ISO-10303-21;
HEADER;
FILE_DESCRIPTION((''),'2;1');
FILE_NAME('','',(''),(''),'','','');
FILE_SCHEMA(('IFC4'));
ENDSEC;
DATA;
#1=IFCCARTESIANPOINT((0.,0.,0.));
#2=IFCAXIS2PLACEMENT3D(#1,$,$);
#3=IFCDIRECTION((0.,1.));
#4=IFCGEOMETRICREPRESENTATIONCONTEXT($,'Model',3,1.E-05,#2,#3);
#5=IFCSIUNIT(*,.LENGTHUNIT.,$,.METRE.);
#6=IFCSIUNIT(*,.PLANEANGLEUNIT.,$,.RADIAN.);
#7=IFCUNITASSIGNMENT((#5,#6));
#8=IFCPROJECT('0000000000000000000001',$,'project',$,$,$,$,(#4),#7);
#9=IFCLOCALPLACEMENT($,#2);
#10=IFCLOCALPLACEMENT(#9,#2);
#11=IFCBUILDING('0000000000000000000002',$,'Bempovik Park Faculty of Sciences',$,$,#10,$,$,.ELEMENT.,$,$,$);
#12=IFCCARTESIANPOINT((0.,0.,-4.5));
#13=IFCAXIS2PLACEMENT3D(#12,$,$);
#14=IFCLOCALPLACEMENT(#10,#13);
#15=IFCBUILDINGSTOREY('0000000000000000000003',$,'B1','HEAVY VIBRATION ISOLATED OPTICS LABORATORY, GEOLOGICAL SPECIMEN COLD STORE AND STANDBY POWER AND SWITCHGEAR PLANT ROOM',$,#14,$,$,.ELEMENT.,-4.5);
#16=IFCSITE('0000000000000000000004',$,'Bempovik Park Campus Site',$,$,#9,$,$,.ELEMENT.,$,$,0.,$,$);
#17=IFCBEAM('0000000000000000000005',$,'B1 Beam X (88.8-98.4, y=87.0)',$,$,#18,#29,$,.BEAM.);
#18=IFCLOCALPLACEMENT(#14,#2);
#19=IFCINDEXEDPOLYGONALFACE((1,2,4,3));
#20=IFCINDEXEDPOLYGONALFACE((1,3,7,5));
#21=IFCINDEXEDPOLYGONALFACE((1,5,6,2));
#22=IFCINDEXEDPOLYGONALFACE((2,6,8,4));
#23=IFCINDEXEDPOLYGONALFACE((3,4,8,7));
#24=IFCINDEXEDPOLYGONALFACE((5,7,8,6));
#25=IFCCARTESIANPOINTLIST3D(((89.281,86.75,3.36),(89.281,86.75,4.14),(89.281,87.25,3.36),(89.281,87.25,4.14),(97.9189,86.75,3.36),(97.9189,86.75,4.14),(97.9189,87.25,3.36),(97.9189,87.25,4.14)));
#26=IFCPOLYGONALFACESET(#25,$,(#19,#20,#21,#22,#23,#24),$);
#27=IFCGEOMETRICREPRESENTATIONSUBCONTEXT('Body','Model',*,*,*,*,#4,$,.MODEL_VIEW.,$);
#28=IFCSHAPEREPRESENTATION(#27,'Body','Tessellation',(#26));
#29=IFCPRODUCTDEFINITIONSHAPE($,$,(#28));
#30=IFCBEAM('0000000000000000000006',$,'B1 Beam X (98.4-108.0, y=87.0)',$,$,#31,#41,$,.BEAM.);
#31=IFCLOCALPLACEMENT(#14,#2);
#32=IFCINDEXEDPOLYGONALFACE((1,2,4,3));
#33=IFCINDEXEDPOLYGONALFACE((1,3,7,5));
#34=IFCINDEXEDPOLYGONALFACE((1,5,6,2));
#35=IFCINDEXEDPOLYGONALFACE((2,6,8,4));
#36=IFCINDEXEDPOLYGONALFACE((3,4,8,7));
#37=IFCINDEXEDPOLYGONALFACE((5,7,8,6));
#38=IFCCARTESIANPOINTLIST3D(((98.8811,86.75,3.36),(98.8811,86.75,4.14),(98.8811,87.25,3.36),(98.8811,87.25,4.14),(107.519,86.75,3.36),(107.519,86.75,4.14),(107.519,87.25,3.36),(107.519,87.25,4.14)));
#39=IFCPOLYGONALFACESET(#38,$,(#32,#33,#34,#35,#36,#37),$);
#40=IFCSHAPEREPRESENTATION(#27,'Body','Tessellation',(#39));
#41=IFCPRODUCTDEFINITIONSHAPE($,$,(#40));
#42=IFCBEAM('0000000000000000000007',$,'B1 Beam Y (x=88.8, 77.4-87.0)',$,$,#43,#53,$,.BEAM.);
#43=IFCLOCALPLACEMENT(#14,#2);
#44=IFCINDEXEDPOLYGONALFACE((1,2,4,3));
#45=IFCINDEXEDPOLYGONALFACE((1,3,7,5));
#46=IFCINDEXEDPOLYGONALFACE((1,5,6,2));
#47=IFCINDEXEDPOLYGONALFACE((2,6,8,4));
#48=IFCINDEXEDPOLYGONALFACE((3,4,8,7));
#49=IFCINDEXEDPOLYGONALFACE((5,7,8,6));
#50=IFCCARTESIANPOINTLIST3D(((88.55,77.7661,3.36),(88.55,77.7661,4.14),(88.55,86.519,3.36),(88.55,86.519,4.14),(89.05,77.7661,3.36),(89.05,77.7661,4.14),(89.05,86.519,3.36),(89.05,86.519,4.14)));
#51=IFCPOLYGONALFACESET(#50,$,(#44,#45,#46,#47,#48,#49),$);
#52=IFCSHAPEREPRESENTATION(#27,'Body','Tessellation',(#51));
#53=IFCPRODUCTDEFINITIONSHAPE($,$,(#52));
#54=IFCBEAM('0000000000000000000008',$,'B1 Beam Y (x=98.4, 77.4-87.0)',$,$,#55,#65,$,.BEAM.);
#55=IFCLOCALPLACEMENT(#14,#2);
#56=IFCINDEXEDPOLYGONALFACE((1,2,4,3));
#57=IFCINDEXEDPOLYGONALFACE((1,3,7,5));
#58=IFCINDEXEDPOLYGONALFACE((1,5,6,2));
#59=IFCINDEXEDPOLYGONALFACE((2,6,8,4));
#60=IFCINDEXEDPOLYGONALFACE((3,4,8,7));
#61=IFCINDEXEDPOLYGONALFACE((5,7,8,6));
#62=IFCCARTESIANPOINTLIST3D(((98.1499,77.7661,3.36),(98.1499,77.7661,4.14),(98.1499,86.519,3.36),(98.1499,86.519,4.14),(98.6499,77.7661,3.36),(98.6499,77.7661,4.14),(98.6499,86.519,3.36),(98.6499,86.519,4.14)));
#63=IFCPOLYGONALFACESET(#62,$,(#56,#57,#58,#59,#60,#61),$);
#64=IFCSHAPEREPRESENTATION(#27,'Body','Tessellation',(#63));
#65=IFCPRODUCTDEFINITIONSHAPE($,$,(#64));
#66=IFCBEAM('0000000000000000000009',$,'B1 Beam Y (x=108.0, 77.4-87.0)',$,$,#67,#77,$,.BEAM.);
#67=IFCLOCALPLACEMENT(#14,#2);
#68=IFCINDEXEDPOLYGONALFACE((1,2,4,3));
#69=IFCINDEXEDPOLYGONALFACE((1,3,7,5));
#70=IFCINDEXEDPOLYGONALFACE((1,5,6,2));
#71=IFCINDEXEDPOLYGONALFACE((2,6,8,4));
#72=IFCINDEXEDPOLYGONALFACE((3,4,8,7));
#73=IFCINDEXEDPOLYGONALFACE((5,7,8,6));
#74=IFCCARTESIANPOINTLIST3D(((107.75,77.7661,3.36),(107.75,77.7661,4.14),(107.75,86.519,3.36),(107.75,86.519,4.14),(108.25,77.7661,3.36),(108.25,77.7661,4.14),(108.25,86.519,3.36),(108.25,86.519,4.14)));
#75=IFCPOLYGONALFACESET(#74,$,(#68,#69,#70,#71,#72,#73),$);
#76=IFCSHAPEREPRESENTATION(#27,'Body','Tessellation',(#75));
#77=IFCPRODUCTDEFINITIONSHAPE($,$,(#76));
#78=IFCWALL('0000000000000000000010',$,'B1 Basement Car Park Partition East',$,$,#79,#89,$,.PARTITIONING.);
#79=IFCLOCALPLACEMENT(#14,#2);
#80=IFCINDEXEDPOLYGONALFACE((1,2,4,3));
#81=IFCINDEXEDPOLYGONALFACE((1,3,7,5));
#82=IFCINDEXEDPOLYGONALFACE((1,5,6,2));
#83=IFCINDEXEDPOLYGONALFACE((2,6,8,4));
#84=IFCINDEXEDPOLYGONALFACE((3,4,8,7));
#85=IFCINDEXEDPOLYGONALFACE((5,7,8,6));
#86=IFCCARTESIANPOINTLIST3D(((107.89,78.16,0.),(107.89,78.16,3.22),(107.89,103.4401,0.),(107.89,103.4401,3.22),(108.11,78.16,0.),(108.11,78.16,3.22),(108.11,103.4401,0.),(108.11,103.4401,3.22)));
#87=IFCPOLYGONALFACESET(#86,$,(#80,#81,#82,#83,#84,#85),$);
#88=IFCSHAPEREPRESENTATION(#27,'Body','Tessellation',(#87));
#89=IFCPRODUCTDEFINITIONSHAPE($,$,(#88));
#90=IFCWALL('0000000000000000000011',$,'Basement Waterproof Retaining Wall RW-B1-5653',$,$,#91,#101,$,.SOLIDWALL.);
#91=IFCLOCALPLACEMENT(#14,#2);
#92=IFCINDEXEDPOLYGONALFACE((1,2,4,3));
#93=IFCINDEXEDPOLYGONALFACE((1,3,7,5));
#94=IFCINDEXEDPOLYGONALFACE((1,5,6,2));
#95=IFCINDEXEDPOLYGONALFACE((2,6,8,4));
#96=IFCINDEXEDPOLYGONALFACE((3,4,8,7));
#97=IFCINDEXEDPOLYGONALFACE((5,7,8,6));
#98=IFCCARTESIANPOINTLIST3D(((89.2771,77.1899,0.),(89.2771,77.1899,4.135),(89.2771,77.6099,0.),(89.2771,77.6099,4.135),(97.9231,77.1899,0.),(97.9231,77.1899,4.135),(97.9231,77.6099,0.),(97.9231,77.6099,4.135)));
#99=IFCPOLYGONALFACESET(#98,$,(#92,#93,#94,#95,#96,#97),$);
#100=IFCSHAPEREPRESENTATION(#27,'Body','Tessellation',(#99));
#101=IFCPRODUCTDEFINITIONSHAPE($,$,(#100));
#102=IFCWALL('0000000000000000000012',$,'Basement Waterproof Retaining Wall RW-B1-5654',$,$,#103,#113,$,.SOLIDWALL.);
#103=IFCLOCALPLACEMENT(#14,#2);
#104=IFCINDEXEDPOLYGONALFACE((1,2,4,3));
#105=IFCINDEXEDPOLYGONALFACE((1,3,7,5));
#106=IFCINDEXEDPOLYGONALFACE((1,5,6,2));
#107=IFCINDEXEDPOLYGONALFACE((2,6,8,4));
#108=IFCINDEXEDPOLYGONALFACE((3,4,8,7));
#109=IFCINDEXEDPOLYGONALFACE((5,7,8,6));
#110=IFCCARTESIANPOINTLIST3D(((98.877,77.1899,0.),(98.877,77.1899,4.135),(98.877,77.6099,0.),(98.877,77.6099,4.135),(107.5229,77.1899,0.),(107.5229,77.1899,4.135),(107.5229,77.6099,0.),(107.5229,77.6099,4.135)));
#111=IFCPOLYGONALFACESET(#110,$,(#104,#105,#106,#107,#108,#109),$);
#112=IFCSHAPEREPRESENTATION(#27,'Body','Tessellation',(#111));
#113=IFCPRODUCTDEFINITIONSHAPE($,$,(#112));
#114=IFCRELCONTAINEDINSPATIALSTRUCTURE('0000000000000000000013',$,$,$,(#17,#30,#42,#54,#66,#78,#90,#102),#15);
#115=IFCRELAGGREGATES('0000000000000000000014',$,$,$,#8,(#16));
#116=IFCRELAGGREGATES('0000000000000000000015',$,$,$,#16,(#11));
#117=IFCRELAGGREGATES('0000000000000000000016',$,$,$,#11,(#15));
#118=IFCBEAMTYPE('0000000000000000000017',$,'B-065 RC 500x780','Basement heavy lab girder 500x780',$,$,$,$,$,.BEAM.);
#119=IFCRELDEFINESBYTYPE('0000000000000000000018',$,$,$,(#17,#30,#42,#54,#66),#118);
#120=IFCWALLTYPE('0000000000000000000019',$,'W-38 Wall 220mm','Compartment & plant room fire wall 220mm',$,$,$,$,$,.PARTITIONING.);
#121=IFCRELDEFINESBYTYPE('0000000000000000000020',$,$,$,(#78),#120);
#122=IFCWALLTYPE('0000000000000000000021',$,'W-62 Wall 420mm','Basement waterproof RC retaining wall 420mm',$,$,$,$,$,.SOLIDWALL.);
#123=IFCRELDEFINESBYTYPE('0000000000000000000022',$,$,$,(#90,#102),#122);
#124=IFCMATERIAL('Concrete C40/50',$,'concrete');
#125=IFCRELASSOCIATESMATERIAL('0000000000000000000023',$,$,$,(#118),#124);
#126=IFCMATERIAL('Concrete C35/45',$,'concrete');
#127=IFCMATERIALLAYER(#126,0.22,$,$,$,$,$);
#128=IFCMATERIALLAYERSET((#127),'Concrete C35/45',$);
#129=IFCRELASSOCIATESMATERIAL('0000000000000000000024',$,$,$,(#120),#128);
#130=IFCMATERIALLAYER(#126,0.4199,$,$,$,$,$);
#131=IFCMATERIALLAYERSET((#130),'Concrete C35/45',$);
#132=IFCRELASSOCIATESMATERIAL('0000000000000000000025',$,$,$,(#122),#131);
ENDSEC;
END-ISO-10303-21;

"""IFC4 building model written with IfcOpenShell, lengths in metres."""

from ifc_helpers import new_model, si_unit, direction, frame, frame_2d, origin, origin_2d, place, context, subcontext, project, spatial, rectangle, extrude, material, layer, layer_set, material_profile, profile_set, type_object, element, save


model = new_model("IFC4")

# Units and contexts
model_context = context("Model", 3, precision=1e-05, world=origin(), true_north=direction((0.0, 1.0)))
body_context = subcontext(model_context, "Body", "Model", "MODEL_VIEW")
ifc_project = project(units=[si_unit("LENGTHUNIT", "METRE"), si_unit("PLANEANGLEUNIT", "RADIAN")], contexts=[model_context])

# Site, building, storey
site_placement = place(None, origin())
site = spatial("IfcSite", under=ifc_project, at=site_placement, Name="Bempovik Park Campus Site", CompositionType="ELEMENT", RefElevation=0.0)
building_placement = place(site_placement, origin())
building = spatial("IfcBuilding", under=site, at=building_placement, Name="Bempovik Park Faculty of Sciences", CompositionType="ELEMENT")
storey_placement = place(building_placement, frame((0.0, 0.0, -4.5)))
storey = spatial("IfcBuildingStorey", under=building, at=storey_placement, Name="B1", Description="HEAVY VIBRATION ISOLATED OPTICS LABORATORY, GEOLOGICAL SPECIMEN COLD STORE AND STANDBY POWER AND SWITCHGEAR PLANT ROOM", CompositionType="ELEMENT", Elevation=-4.5)

# Shared definitions
ifc_material_1 = material(Name="Concrete C35/45", Category="concrete")

# Shared definitions
ifc_material_2 = material(Name="Concrete C40/50", Category="concrete")

# Beams
ifc_material_profile_1 = material_profile(ifc_material_2, rectangle(XDim=0.5, YDim=0.78, at=origin_2d()), Name="RC 500x780")
ifc_profile_set_1 = profile_set([ifc_material_profile_1], Name="Concrete C40/50")
beam_type_1 = type_object("IfcBeamType", Name="B-065 RC 500x780", Description="Basement heavy lab girder 500x780", PredefinedType="BEAM", material=ifc_profile_set_1)
for number, where, z_axis, x_axis, name in (
    (1, (89.281, 87.0, 3.75), (1.0, 0.0, 0.0), (0.0, 1.0, 0.0), "B1 Beam X (88.8-98.4, y=87.0)"),
    (2, (98.8811, 87.0, 3.75), (1.0, 0.0, 0.0), (0.0, 1.0, 0.0), "B1 Beam X (98.4-108.0, y=87.0)"),
):
    element("IfcBeam", number, at=place(storey_placement, frame(where, z_axis=z_axis, x_axis=x_axis)), inside=storey, type_object=beam_type_1, Name=name, PredefinedType="BEAM", context=body_context, shape_type="SweptSolid", body=[
        extrude(rectangle(XDim=0.5, YDim=0.78, at=origin_2d()), origin(), (0.0, 0.0, 1.0), 8.6379),
    ])
for number, where, z_axis, x_axis, name in (
    (3, (88.8, 77.7661, 3.75), (0.0, 1.0, 0.0), (-1.0, 0.0, 0.0), "B1 Beam Y (x=88.8, 77.4-87.0)"),
    (4, (98.3999, 77.7661, 3.75), (0.0, 1.0, 0.0), (-1.0, 0.0, 0.0), "B1 Beam Y (x=98.4, 77.4-87.0)"),
    (5, (108.0, 77.7661, 3.75), (0.0, 1.0, 0.0), (-1.0, 0.0, 0.0), "B1 Beam Y (x=108.0, 77.4-87.0)"),
):
    element("IfcBeam", number, at=place(storey_placement, frame(where, z_axis=z_axis, x_axis=x_axis)), inside=storey, type_object=beam_type_1, Name=name, PredefinedType="BEAM", context=body_context, shape_type="SweptSolid", body=[
        extrude(rectangle(XDim=0.5, YDim=0.78, at=origin_2d()), origin(), (0.0, 0.0, 1.0), 8.7529),
    ])

# Walls
ifc_layer_1 = layer(ifc_material_1, 0.22)
ifc_layer_set_1 = layer_set([ifc_layer_1], Name="Concrete C35/45")
wall_type_1 = type_object("IfcWallType", Name="W-38 Wall 220mm", Description="Compartment & plant room fire wall 220mm", PredefinedType="PARTITIONING", material=ifc_layer_set_1)
wall_placement = place(storey_placement, frame((108.0, 78.1599, 0.0), z_axis=(0.0, 0.0, 1.0), x_axis=(0.0, 1.0, 0.0)))
element("IfcWall", 6, at=wall_placement, inside=storey, type_object=wall_type_1, Name="B1 Basement Car Park Partition East", PredefinedType="PARTITIONING", context=body_context, shape_type="SweptSolid", body=[
    extrude(rectangle(XDim=25.28, YDim=0.22, at=frame_2d((12.6401, 0.0))), origin(), (0.0, 0.0, 1.0), 3.22),
])
ifc_layer_2 = layer(ifc_material_1, 0.4199)
ifc_layer_set_2 = layer_set([ifc_layer_2], Name="Concrete C35/45")
wall_type_2 = type_object("IfcWallType", Name="W-62 Wall 420mm", Description="Basement waterproof RC retaining wall 420mm", PredefinedType="SOLIDWALL", material=ifc_layer_set_2)
for number, where, z_axis, x_axis, name in (
    (7, (89.2771, 77.3999, 0.0), (0.0, 0.0, 1.0), (1.0, 0.0, 0.0), "Basement Waterproof Retaining Wall RW-B1-5653"),
    (8, (98.877, 77.3999, 0.0), (0.0, 0.0, 1.0), (1.0, 0.0, 0.0), "Basement Waterproof Retaining Wall RW-B1-5654"),
):
    element("IfcWall", number, at=place(storey_placement, frame(where, z_axis=z_axis, x_axis=x_axis)), inside=storey, type_object=wall_type_2, Name=name, PredefinedType="SOLIDWALL", context=body_context, shape_type="SweptSolid", body=[
        extrude(rectangle(XDim=8.646, YDim=0.4199, at=frame_2d((4.323, 0.0))), origin(), (0.0, 0.0, 1.0), 4.135),
    ])

save(model, "model.ifc")
